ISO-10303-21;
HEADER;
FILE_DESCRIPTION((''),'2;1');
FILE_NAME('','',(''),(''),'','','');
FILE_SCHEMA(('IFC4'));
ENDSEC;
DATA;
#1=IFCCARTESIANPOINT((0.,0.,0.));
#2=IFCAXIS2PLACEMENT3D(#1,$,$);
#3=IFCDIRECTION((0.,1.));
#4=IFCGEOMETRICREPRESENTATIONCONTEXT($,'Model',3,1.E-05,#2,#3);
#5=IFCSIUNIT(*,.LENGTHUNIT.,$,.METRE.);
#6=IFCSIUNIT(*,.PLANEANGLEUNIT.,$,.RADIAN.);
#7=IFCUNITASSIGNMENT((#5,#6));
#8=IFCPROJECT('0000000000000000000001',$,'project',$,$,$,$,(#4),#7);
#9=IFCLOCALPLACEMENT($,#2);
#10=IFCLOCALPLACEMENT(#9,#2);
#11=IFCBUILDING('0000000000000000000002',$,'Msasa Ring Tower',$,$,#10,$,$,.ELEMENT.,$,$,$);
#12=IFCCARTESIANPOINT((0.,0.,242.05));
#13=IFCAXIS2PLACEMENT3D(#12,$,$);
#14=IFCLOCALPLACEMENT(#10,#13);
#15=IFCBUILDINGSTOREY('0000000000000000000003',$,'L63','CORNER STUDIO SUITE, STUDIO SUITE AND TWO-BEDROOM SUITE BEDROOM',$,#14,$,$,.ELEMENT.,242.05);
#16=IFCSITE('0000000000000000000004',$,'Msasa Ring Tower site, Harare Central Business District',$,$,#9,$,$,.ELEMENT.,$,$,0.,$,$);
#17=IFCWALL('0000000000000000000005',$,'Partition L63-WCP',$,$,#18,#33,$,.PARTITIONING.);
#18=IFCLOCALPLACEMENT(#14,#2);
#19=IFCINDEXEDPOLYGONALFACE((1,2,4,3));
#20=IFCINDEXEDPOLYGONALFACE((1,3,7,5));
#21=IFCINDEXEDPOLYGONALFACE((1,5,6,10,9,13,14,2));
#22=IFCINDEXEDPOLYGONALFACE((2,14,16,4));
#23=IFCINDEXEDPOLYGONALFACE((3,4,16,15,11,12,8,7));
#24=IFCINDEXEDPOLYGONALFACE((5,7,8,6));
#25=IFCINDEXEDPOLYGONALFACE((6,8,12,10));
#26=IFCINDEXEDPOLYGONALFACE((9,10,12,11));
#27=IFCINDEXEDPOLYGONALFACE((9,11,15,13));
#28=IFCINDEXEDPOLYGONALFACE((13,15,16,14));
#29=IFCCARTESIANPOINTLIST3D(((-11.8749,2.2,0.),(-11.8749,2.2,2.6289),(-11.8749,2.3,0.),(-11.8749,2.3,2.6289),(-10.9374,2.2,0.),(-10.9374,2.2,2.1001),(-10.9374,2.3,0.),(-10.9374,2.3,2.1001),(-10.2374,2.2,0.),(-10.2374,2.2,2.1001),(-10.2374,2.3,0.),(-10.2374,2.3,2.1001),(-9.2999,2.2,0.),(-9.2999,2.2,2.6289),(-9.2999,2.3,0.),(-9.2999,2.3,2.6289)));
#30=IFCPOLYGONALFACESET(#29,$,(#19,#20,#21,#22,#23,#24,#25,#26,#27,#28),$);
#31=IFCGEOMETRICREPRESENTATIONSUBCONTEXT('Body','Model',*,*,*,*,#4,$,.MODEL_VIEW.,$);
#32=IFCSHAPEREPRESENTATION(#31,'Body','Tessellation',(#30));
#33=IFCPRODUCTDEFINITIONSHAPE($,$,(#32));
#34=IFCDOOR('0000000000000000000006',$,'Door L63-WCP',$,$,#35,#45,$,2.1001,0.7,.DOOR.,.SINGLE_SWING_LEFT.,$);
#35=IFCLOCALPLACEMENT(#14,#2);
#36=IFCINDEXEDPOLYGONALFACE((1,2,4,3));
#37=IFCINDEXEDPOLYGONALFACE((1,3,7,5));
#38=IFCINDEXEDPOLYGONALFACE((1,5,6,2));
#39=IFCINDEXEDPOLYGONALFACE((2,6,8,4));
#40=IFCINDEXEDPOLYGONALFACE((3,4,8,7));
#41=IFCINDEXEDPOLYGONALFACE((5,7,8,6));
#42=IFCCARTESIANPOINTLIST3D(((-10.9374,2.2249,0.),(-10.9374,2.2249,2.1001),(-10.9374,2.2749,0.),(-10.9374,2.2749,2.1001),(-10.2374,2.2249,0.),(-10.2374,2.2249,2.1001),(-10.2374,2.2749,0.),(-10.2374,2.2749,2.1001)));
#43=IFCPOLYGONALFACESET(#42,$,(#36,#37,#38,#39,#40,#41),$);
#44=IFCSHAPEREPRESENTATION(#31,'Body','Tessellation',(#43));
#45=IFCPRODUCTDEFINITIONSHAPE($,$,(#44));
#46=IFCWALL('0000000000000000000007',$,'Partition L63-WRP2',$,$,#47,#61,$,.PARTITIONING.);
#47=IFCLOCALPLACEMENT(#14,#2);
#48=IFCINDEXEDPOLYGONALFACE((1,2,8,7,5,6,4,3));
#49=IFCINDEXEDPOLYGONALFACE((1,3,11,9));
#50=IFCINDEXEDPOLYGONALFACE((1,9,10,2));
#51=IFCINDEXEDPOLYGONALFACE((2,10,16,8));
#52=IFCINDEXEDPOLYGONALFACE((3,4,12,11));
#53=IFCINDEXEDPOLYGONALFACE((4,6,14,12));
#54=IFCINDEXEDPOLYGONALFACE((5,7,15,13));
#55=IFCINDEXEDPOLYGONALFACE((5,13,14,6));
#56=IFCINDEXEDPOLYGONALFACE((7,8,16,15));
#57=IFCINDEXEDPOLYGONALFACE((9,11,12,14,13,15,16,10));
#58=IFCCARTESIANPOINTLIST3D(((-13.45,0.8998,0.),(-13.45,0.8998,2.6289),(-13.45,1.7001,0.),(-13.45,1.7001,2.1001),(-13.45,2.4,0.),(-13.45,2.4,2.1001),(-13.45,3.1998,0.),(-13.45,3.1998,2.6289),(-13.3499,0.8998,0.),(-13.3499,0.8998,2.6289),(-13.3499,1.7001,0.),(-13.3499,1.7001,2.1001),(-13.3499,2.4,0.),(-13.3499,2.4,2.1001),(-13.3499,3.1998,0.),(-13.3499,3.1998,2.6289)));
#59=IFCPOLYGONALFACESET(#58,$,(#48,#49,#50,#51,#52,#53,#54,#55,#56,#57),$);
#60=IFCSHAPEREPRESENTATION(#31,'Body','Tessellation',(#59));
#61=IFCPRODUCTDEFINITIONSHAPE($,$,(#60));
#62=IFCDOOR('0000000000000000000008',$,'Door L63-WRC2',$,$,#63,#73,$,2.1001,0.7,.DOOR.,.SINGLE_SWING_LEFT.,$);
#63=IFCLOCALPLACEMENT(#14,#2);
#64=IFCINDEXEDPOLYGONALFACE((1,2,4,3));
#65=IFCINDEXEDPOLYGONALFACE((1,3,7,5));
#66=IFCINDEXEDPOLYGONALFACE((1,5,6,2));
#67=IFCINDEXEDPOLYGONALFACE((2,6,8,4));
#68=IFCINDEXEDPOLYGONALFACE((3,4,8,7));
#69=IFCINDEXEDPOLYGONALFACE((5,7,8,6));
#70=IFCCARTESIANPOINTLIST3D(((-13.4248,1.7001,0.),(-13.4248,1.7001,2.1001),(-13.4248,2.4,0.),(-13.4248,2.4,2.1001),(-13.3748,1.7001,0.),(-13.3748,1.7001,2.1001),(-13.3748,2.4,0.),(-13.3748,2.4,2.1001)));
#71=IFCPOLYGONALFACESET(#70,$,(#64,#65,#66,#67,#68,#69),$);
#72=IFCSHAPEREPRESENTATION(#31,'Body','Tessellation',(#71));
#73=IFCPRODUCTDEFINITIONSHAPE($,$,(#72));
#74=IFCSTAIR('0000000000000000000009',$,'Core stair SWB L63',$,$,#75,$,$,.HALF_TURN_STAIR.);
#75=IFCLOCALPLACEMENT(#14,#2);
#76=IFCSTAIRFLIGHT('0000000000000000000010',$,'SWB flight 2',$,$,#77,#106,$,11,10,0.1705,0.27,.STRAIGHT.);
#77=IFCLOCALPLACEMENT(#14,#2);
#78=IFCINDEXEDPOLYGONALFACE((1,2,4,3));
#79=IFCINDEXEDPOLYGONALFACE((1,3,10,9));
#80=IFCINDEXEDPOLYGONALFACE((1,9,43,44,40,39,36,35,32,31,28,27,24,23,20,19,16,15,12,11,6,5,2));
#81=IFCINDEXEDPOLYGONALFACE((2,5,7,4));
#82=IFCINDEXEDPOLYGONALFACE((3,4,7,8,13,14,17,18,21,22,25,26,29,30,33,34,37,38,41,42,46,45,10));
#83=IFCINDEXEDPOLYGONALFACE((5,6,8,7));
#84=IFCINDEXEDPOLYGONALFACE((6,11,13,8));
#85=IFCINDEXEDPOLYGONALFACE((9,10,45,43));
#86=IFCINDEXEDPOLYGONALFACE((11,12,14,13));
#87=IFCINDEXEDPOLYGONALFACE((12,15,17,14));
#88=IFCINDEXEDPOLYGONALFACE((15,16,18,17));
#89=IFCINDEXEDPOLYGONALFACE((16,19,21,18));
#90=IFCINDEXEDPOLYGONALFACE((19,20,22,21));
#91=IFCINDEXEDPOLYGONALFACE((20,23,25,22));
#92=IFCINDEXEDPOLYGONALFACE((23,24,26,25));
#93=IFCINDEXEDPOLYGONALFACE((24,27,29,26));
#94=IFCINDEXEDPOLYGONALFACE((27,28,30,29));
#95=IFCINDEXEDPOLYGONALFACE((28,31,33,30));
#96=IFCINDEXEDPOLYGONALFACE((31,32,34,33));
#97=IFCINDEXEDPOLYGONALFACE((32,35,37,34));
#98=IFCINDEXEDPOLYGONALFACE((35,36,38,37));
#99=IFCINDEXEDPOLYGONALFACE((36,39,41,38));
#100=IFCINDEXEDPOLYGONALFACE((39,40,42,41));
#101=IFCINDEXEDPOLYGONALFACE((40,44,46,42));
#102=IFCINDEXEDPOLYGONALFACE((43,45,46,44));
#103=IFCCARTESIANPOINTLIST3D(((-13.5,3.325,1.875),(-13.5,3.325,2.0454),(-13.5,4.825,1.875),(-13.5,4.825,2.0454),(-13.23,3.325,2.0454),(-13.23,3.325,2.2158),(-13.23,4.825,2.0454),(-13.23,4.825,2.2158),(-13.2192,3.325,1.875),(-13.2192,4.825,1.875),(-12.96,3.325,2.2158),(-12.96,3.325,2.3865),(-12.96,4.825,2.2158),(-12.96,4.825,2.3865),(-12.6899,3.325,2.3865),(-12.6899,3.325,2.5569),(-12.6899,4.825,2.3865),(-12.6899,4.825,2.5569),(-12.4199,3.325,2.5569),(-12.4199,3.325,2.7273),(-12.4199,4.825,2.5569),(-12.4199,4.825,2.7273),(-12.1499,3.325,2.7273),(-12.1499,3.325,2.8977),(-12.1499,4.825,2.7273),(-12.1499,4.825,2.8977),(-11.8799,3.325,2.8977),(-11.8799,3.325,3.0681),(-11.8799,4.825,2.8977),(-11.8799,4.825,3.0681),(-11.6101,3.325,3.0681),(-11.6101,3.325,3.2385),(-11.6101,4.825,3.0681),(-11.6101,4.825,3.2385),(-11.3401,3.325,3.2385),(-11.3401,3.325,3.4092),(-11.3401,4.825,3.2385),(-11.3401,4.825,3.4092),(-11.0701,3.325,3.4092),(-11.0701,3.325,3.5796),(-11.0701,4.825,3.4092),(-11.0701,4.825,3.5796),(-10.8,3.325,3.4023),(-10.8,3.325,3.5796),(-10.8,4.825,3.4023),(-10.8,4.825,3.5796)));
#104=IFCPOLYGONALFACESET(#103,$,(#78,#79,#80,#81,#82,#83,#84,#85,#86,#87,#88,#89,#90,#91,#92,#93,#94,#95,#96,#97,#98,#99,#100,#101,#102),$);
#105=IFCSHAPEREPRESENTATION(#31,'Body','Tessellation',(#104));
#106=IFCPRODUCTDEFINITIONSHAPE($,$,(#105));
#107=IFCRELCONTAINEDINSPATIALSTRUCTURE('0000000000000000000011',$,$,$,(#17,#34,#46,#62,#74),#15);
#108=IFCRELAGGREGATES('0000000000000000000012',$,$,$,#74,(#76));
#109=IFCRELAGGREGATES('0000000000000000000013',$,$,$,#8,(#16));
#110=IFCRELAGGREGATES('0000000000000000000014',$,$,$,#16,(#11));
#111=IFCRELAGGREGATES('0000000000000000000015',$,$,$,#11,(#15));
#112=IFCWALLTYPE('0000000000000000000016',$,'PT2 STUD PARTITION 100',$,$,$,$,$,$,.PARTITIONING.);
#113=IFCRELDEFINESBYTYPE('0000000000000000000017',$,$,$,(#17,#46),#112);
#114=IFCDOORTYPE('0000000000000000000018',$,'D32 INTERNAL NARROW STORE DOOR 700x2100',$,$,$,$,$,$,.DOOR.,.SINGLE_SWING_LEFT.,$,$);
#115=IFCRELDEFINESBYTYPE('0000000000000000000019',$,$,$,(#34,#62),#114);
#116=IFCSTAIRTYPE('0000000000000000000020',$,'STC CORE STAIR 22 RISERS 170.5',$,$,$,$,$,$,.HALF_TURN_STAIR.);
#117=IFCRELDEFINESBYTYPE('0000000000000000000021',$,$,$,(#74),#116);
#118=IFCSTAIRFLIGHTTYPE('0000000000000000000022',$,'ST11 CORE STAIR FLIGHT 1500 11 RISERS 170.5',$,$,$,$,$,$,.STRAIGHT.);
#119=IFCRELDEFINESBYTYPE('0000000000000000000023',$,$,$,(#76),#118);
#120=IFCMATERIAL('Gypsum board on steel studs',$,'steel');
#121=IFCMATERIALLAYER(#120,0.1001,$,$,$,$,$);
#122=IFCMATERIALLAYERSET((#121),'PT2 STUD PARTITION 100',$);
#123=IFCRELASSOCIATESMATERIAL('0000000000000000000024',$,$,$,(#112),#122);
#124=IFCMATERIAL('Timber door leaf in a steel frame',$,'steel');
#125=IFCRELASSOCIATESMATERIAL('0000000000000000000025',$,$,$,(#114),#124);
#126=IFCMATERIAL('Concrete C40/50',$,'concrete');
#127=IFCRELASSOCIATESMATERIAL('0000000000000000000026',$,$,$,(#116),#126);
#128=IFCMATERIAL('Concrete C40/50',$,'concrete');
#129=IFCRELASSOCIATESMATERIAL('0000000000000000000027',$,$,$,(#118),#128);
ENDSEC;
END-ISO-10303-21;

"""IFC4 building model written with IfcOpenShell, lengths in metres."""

from ifc_helpers import new_model, si_unit, direction, frame, frame_2d, origin, place, context, subcontext, project, spatial, polyline, rectangle, outline, extrude, material, layer, layer_set, type_object, element, fill, aggregate, save


model = new_model("IFC4")

# Units and contexts
model_context = context("Model", 3, precision=1e-05, world=origin(), true_north=direction((0.0, 1.0)))
body_context = subcontext(model_context, "Body", "Model", "MODEL_VIEW")
ifc_project = project(units=[si_unit("LENGTHUNIT", "METRE"), si_unit("PLANEANGLEUNIT", "RADIAN")], contexts=[model_context])

# Site, building, storey
site_placement = place(None, origin())
site = spatial("IfcSite", under=ifc_project, at=site_placement, Name="Msasa Ring Tower site, Harare Central Business District", CompositionType="ELEMENT", RefElevation=0.0)
building_placement = place(site_placement, origin())
building = spatial("IfcBuilding", under=site, at=building_placement, Name="Msasa Ring Tower", CompositionType="ELEMENT")
storey_placement = place(building_placement, frame((0.0, 0.0, 242.05)))
storey = spatial("IfcBuildingStorey", under=building, at=storey_placement, Name="L63", Description="CORNER STUDIO SUITE, STUDIO SUITE AND TWO-BEDROOM SUITE BEDROOM", CompositionType="ELEMENT", Elevation=242.05)

# Walls, openings, doors
ifc_material_1 = material(Name="Gypsum board on steel studs", Category="steel")
ifc_layer_1 = layer(ifc_material_1, 0.1001)
ifc_layer_set_1 = layer_set([ifc_layer_1], Name="PT2 STUD PARTITION 100")
wall_type_1 = type_object("IfcWallType", Name="PT2 STUD PARTITION 100", PredefinedType="PARTITIONING", material=ifc_layer_set_1)
wall_1_placement = place(storey_placement, frame((-11.875, 2.25, 0.0), z_axis=(0.0, 0.0, 1.0), x_axis=(1.0, 0.0, 0.0)))
wall_1 = element("IfcWall", 1, at=wall_1_placement, inside=storey, type_object=wall_type_1, Name="Partition L63-WCP", PredefinedType="PARTITIONING", context=body_context, shape_type="SweptSolid", body=[
    extrude(rectangle(XDim=2.575, YDim=0.1001, at=frame_2d((1.2876, 0.0))), origin(), (0.0, 0.0, 1.0), 2.6289),
])
opening_1_placement = place(wall_1_placement, frame((0.9375, 0.0, 0.0)))
opening_1 = element("IfcOpeningElement", 2, at=opening_1_placement, cuts=wall_1, PredefinedType="OPENING", context=body_context, shape_type="SweptSolid", body=[
    extrude(rectangle(XDim=0.7, YDim=2.1001, at=frame_2d((0.3501, 1.05))), frame((0.0, 0.0601, 0.0), z_axis=(0.0, -1.0, 0.0), x_axis=(1.0, 0.0, 0.0)), (0.0, 0.0, 1.0), 0.1201),
])
ifc_material_2 = material(Name="Timber door leaf in a steel frame", Category="steel")
door_type = type_object("IfcDoorType", Name="D32 INTERNAL NARROW STORE DOOR 700x2100", OperationType="SINGLE_SWING_LEFT", PredefinedType="DOOR", material=ifc_material_2)
door_1_placement = place(opening_1_placement, origin())
door_1 = element("IfcDoor", 3, at=door_1_placement, inside=storey, type_object=door_type, Name="Door L63-WCP", OperationType="SINGLE_SWING_LEFT", OverallHeight=2.1001, OverallWidth=0.7, PredefinedType="DOOR", context=body_context, shape_type="SweptSolid", body=[
    extrude(rectangle(XDim=0.7, YDim=2.1001, at=frame_2d((0.3501, 1.05))), frame((0.0, 0.0249, 0.0), z_axis=(0.0, -1.0, 0.0), x_axis=(1.0, 0.0, 0.0)), (0.0, 0.0, 1.0), 0.05),
])
fill(opening_1, door_1)
wall_2_placement = place(storey_placement, frame((-13.3999, 0.8999, 0.0), z_axis=(0.0, 0.0, 1.0), x_axis=(0.0, 1.0, 0.0)))
wall_2 = element("IfcWall", 4, at=wall_2_placement, inside=storey, type_object=wall_type_1, Name="Partition L63-WRP2", PredefinedType="PARTITIONING", context=body_context, shape_type="SweptSolid", body=[
    extrude(rectangle(XDim=2.3, YDim=0.1001, at=frame_2d((1.1499, 0.0))), origin(), (0.0, 0.0, 1.0), 2.6289),
])
opening_2_placement = place(wall_2_placement, frame((0.8, 0.0, 0.0)))
opening_2 = element("IfcOpeningElement", 5, at=opening_2_placement, cuts=wall_2, PredefinedType="OPENING", context=body_context, shape_type="SweptSolid", body=[
    extrude(rectangle(XDim=0.7, YDim=2.1001, at=frame_2d((0.3501, 1.05))), frame((0.0, 0.0601, 0.0), z_axis=(0.0, -1.0, 0.0), x_axis=(1.0, 0.0, 0.0)), (0.0, 0.0, 1.0), 0.1201),
])
door_2_placement = place(opening_2_placement, origin())
door_2 = element("IfcDoor", 6, at=door_2_placement, inside=storey, type_object=door_type, Name="Door L63-WRC2", OperationType="SINGLE_SWING_LEFT", OverallHeight=2.1001, OverallWidth=0.7, PredefinedType="DOOR", context=body_context, shape_type="SweptSolid", body=[
    extrude(rectangle(XDim=0.7, YDim=2.1001, at=frame_2d((0.3501, 1.05))), frame((0.0, 0.0249, 0.0), z_axis=(0.0, -1.0, 0.0), x_axis=(1.0, 0.0, 0.0)), (0.0, 0.0, 1.0), 0.05),
])
fill(opening_2, door_2)

# Stair, stair flight
ifc_material_3 = material(Name="Concrete C40/50", Category="concrete")
stair_type = type_object("IfcStairType", Name="STC CORE STAIR 22 RISERS 170.5", PredefinedType="HALF_TURN_STAIR", material=ifc_material_3)
stair_placement = place(storey_placement, origin())
stair = element("IfcStair", 7, at=stair_placement, inside=storey, type_object=stair_type, Name="Core stair SWB L63", PredefinedType="HALF_TURN_STAIR")
ifc_material_4 = material(Name="Concrete C40/50", Category="concrete")
stair_flight_type = type_object("IfcStairFlightType", Name="ST11 CORE STAIR FLIGHT 1500 11 RISERS 170.5", PredefinedType="STRAIGHT", material=ifc_material_4)
stair_flight_placement = place(storey_placement, frame((-13.5, 4.075, 1.875), z_axis=(0.0, 0.0, 1.0), x_axis=(1.0, 0.0, 0.0)))
stair_flight = element("IfcStairFlight", 8, at=stair_flight_placement, type_object=stair_flight_type, Name="SWB flight 2", NumberOfRisers=11, NumberOfTreads=10, PredefinedType="STRAIGHT", RiserHeight=0.1705, TreadLength=0.27, context=body_context, shape_type="SweptSolid", body=[
    extrude(outline(polyline([(0.0, 0.0), (0.0, 0.1704), (0.27, 0.1704), (0.27, 0.3408), (0.54, 0.3408), (0.54, 0.5115), (0.8101, 0.5115), (0.8101, 0.6819), (1.0801, 0.6819), (1.0801, 0.8523), (1.3501, 0.8523), (1.3501, 1.0227), (1.6201, 1.0227), (1.6201, 1.1931), (1.8899, 1.1931), (1.8899, 1.3635), (2.1599, 1.3635), (2.1599, 1.5342), (2.4299, 1.5342), (2.4299, 1.7046), (2.7, 1.7046), (2.7, 1.875), (2.7, 1.5273), (0.2808, 0.0), (0.0, 0.0)])), frame((0.0, 0.75, 0.0), z_axis=(0.0, -1.0, 0.0), x_axis=(1.0, 0.0, 0.0)), (0.0, 0.0, 1.0), 1.5),
])
aggregate(stair, [stair_flight])

save(model, "model.ifc")
